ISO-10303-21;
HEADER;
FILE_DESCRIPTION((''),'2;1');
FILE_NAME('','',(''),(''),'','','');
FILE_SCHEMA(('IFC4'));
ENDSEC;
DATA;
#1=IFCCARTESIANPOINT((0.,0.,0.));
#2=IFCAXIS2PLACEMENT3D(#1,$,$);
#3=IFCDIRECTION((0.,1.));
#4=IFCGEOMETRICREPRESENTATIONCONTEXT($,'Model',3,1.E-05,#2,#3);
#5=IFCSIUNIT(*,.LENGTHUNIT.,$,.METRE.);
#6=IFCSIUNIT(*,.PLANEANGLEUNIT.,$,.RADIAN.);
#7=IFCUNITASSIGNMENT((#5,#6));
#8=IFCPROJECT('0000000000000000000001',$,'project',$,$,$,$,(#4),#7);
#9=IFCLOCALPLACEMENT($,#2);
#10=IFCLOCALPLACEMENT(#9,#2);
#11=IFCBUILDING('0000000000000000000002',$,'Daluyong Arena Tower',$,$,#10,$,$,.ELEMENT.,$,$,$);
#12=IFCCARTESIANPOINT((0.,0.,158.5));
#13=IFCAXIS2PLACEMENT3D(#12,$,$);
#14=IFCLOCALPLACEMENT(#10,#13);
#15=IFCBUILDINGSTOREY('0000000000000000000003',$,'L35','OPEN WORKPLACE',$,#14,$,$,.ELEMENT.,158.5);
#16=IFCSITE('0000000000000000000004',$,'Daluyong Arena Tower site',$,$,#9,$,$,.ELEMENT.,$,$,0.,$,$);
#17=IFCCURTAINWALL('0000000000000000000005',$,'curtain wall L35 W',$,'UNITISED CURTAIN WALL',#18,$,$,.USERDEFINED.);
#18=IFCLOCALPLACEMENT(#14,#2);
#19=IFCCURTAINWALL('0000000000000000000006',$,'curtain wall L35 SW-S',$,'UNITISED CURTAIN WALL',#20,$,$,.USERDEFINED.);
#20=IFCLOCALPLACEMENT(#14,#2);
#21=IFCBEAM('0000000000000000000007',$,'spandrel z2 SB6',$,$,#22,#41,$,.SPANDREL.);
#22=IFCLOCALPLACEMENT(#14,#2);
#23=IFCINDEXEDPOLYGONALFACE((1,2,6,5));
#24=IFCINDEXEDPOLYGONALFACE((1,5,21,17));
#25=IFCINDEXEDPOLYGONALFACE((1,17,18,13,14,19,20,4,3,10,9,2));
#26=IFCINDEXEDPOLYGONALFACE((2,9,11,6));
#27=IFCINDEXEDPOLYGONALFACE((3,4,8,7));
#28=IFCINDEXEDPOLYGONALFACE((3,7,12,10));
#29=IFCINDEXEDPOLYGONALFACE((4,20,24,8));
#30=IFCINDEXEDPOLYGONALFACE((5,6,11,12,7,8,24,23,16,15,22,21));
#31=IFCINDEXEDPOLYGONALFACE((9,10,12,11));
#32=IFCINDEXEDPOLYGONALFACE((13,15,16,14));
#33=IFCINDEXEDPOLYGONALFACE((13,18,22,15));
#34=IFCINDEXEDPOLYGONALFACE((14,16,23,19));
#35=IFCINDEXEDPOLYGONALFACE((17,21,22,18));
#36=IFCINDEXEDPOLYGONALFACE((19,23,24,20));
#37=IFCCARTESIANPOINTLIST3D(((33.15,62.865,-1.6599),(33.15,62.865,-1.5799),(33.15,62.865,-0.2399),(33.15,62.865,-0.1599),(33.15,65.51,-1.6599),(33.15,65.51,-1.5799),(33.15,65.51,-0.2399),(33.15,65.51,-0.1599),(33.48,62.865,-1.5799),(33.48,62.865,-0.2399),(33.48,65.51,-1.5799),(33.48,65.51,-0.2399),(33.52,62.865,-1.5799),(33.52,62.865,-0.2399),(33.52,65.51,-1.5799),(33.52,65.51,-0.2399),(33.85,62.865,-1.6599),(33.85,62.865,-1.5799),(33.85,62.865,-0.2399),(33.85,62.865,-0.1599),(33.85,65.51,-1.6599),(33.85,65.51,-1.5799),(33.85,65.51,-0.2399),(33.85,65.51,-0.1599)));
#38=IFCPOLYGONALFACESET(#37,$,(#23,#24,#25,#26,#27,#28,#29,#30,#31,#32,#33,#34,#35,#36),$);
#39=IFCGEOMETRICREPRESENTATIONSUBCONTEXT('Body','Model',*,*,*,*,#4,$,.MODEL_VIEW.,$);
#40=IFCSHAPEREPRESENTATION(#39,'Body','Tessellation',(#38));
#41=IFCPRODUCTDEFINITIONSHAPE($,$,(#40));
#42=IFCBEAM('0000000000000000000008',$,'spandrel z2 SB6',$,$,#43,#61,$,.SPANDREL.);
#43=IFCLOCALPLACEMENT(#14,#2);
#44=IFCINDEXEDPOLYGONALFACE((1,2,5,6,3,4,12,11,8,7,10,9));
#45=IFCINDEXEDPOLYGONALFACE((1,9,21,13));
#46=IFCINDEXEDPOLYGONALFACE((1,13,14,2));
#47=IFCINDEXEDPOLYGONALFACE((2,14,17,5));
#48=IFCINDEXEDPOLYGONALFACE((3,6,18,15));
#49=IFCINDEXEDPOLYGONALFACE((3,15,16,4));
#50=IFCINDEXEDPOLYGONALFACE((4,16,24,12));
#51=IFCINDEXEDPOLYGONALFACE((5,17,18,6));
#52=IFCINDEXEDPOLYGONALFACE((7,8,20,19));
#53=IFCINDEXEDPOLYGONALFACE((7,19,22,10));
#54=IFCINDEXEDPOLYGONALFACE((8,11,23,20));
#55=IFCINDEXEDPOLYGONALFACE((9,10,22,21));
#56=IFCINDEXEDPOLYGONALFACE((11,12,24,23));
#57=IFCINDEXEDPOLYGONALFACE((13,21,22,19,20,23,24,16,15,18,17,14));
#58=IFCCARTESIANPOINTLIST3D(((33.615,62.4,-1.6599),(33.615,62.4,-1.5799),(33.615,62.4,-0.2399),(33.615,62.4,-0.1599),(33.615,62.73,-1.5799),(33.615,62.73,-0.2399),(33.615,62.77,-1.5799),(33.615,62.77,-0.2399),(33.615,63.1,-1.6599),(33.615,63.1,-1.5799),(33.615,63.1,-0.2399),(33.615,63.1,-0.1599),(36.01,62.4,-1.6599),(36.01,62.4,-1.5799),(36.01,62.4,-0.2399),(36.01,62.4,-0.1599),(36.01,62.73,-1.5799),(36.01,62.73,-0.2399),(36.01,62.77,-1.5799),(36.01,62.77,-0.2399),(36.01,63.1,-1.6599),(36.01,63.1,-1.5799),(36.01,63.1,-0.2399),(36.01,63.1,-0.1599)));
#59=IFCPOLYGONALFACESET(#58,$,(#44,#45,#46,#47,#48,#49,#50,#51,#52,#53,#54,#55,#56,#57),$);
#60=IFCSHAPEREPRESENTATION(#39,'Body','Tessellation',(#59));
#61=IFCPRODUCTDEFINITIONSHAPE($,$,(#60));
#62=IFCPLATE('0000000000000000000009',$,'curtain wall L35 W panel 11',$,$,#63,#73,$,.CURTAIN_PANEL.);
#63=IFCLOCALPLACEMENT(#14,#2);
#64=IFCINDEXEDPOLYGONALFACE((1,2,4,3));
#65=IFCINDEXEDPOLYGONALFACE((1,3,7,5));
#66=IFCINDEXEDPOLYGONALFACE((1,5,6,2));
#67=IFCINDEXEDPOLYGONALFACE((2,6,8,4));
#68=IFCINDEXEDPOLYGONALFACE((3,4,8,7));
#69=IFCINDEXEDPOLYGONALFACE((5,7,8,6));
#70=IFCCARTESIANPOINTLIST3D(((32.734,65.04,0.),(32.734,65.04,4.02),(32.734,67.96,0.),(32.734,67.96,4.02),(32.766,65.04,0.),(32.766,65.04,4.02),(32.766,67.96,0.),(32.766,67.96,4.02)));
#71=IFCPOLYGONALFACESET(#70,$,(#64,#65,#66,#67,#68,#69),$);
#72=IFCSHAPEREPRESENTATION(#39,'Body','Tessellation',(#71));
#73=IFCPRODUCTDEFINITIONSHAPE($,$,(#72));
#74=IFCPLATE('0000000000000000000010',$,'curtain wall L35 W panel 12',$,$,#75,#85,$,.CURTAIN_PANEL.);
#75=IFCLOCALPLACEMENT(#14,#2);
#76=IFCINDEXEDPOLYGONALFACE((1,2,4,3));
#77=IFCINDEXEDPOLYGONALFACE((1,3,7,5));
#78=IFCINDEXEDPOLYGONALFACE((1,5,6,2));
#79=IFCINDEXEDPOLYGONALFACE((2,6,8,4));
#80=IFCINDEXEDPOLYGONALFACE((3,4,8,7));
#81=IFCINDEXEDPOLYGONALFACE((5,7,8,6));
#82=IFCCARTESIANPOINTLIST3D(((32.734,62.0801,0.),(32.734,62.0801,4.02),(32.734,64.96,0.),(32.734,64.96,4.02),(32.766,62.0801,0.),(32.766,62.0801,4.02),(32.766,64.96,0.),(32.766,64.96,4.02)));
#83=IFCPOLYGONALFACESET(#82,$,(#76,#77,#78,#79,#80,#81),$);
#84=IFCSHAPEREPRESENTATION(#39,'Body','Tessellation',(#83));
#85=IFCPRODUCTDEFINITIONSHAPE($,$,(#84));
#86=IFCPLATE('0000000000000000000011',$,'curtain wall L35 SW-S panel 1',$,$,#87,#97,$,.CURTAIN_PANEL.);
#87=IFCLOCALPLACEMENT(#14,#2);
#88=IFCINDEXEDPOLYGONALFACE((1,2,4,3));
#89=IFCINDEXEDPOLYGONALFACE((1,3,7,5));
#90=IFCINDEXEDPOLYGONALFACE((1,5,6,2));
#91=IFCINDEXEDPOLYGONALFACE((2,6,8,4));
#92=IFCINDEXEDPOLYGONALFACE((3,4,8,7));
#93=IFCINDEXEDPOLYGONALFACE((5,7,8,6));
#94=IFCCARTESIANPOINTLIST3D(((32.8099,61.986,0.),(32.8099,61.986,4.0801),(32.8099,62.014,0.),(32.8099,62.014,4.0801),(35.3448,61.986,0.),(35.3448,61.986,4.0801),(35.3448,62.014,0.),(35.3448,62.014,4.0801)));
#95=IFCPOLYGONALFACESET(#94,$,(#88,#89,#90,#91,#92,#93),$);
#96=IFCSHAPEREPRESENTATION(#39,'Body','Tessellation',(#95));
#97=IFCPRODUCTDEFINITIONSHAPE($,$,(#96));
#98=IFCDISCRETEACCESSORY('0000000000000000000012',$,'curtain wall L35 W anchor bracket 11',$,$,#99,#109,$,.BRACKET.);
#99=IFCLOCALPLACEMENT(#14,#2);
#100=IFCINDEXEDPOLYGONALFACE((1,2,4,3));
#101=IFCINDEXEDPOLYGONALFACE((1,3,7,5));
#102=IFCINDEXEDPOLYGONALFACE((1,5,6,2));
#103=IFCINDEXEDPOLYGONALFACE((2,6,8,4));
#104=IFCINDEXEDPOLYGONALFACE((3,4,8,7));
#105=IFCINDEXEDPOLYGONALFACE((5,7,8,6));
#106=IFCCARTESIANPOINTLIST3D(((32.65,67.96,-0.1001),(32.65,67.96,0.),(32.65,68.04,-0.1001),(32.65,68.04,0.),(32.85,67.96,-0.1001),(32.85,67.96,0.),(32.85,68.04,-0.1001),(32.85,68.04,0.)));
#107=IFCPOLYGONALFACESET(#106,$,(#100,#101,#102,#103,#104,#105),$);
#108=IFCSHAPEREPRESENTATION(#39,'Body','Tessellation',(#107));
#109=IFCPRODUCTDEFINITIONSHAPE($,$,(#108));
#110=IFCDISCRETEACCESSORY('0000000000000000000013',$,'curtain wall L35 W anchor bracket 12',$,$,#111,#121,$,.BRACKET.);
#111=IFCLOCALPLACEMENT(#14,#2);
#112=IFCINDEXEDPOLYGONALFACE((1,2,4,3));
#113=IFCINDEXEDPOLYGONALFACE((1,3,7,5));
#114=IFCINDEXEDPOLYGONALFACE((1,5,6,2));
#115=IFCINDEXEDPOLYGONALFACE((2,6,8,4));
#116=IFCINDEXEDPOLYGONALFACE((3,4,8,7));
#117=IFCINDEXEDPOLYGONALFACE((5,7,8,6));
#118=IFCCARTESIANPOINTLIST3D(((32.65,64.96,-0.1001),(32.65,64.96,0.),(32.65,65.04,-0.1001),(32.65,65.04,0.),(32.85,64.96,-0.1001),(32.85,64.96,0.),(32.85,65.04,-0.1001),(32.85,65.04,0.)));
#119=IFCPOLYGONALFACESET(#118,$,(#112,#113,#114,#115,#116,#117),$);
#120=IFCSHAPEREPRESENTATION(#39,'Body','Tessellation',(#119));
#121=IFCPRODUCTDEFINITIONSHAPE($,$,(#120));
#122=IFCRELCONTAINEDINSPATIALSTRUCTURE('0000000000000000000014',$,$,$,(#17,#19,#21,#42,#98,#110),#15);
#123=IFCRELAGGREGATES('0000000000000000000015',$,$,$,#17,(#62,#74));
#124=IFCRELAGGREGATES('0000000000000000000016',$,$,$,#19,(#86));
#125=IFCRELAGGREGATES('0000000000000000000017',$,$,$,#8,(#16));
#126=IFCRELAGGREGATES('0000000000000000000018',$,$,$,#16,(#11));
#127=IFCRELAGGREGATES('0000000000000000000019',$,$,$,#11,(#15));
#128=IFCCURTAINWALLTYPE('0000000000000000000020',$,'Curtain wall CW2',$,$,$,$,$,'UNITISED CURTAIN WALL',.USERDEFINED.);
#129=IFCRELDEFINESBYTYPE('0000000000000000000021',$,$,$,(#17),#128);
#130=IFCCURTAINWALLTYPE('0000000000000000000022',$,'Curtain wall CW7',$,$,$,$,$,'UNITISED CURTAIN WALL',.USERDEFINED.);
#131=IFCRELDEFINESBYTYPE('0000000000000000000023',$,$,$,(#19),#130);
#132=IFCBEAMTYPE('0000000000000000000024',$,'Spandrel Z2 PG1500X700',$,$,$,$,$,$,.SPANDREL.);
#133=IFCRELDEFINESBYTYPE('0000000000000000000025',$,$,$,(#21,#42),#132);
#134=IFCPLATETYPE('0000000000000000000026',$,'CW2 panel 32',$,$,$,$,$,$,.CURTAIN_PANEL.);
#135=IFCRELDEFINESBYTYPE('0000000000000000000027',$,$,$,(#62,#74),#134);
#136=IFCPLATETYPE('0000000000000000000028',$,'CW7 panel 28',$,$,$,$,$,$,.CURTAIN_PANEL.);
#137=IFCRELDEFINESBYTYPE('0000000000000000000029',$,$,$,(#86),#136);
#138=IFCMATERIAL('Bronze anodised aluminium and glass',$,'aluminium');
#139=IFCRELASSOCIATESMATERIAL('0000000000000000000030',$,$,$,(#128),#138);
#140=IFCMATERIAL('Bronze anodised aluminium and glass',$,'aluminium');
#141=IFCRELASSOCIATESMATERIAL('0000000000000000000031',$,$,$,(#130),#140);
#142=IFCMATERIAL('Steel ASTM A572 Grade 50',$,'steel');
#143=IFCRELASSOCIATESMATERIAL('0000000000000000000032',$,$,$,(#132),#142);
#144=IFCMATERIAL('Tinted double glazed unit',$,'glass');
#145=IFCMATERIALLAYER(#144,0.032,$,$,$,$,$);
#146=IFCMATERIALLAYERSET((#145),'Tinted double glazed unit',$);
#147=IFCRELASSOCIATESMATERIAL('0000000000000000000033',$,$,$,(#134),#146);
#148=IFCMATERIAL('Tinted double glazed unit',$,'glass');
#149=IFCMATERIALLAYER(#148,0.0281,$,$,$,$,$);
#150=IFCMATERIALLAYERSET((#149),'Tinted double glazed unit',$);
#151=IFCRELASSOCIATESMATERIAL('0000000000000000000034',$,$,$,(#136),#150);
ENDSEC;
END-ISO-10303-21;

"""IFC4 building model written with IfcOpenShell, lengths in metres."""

from ifc_helpers import new_model, si_unit, direction, frame, origin, origin_2d, place, context, subcontext, project, spatial, rectangle, i_section, extrude, material, layer, layer_set, material_profile, profile_set, type_object, element, aggregate, save


model = new_model("IFC4")

# Units and contexts
model_context = context("Model", 3, precision=1e-05, world=origin(), true_north=direction((0.0, 1.0)))
body_context = subcontext(model_context, "Body", "Model", "MODEL_VIEW")
ifc_project = project(units=[si_unit("LENGTHUNIT", "METRE"), si_unit("PLANEANGLEUNIT", "RADIAN")], contexts=[model_context])

# Site, building, storey
site_placement = place(None, origin())
site = spatial("IfcSite", under=ifc_project, at=site_placement, Name="Daluyong Arena Tower site", CompositionType="ELEMENT", RefElevation=0.0)
building_placement = place(site_placement, origin())
building = spatial("IfcBuilding", under=site, at=building_placement, Name="Daluyong Arena Tower", CompositionType="ELEMENT")
storey_placement = place(building_placement, frame((0.0, 0.0, 158.5)))
storey = spatial("IfcBuildingStorey", under=building, at=storey_placement, Name="L35", Description="OPEN WORKPLACE", CompositionType="ELEMENT", Elevation=158.5)

# Curtain walls
ifc_material_1 = material(Name="Bronze anodised aluminium and glass", Category="aluminium")
curtain_wall_type_1 = type_object("IfcCurtainWallType", Name="Curtain wall CW2", ElementType="UNITISED CURTAIN WALL", PredefinedType="USERDEFINED", material=ifc_material_1)
curtain_wall_1_placement = place(storey_placement, origin())
curtain_wall_1 = element("IfcCurtainWall", 1, at=curtain_wall_1_placement, inside=storey, type_object=curtain_wall_type_1, Name="curtain wall L35 W", ObjectType="UNITISED CURTAIN WALL", PredefinedType="USERDEFINED")
ifc_material_2 = material(Name="Bronze anodised aluminium and glass", Category="aluminium")
curtain_wall_type_2 = type_object("IfcCurtainWallType", Name="Curtain wall CW7", ElementType="UNITISED CURTAIN WALL", PredefinedType="USERDEFINED", material=ifc_material_2)
curtain_wall_2_placement = place(storey_placement, origin())
curtain_wall_2 = element("IfcCurtainWall", 2, at=curtain_wall_2_placement, inside=storey, type_object=curtain_wall_type_2, Name="curtain wall L35 SW-S", ObjectType="UNITISED CURTAIN WALL", PredefinedType="USERDEFINED")

# Beams
ifc_material_3 = material(Name="Steel ASTM A572 Grade 50", Category="steel")
ifc_material_profile_1 = material_profile(ifc_material_3, i_section(OverallWidth=0.7, OverallDepth=1.5, WebThickness=0.04, FlangeThickness=0.08, at=origin_2d()))
ifc_profile_set_1 = profile_set([ifc_material_profile_1], Name="Steel ASTM A572 Grade 50")
beam_type_1 = type_object("IfcBeamType", Name="Spandrel Z2 PG1500X700", PredefinedType="SPANDREL", material=ifc_profile_set_1)
beam_1_placement = place(storey_placement, frame((33.5, 65.51, -0.9099), z_axis=(0.0, -1.0, 0.0), x_axis=(1.0, 0.0, 0.0)))
element("IfcBeam", 3, at=beam_1_placement, inside=storey, type_object=beam_type_1, Name="spandrel z2 SB6", PredefinedType="SPANDREL", context=body_context, shape_type="SweptSolid", body=[
    extrude(i_section(OverallWidth=0.7, OverallDepth=1.5, WebThickness=0.04, FlangeThickness=0.08, at=origin_2d()), origin(), (0.0, 0.0, 1.0), 2.645),
])
beam_2_placement = place(storey_placement, frame((33.615, 62.75, -0.9099), z_axis=(1.0, 0.0, 0.0), x_axis=(0.0, 1.0, 0.0)))
element("IfcBeam", 4, at=beam_2_placement, inside=storey, type_object=beam_type_1, Name="spandrel z2 SB6", PredefinedType="SPANDREL", context=body_context, shape_type="SweptSolid", body=[
    extrude(i_section(OverallWidth=0.7, OverallDepth=1.5, WebThickness=0.04, FlangeThickness=0.08, at=origin_2d()), origin(), (0.0, 0.0, 1.0), 2.395),
])

# Plates
ifc_material_4 = material(Name="Tinted double glazed unit", Category="glass")
ifc_layer_1 = layer(ifc_material_4, 0.032)
ifc_layer_set_1 = layer_set([ifc_layer_1], Name="Tinted double glazed unit")
plate_type_1 = type_object("IfcPlateType", Name="CW2 panel 32", PredefinedType="CURTAIN_PANEL", material=ifc_layer_set_1)
plate_1_placement = place(storey_placement, frame((32.75, 66.5, 0.0), z_axis=(0.0, 0.0, 1.0), x_axis=(0.0, -1.0, 0.0)))
plate_1 = element("IfcPlate", 5, at=plate_1_placement, type_object=plate_type_1, Name="curtain wall L35 W panel 11", PredefinedType="CURTAIN_PANEL", context=body_context, shape_type="SweptSolid", body=[
    extrude(rectangle(XDim=2.9199, YDim=0.032, at=origin_2d()), origin(), (0.0, 0.0, 1.0), 4.02),
])
plate_2_placement = place(storey_placement, frame((32.75, 63.52, 0.0), z_axis=(0.0, 0.0, 1.0), x_axis=(0.0, -1.0, 0.0)))
plate_2 = element("IfcPlate", 6, at=plate_2_placement, type_object=plate_type_1, Name="curtain wall L35 W panel 12", PredefinedType="CURTAIN_PANEL", context=body_context, shape_type="SweptSolid", body=[
    extrude(rectangle(XDim=2.8799, YDim=0.032, at=origin_2d()), origin(), (0.0, 0.0, 1.0), 4.02),
])
aggregate(curtain_wall_1, [plate_1, plate_2])
ifc_material_5 = material(Name="Tinted double glazed unit", Category="glass")
ifc_layer_2 = layer(ifc_material_5, 0.0281)
ifc_layer_set_2 = layer_set([ifc_layer_2], Name="Tinted double glazed unit")
plate_type_2 = type_object("IfcPlateType", Name="CW7 panel 28", PredefinedType="CURTAIN_PANEL", material=ifc_layer_set_2)
plate_3_placement = place(storey_placement, frame((34.0774, 62.0, 0.0), z_axis=(0.0, 0.0, 1.0), x_axis=(1.0, 0.0, 0.0)))
plate_3 = element("IfcPlate", 7, at=plate_3_placement, type_object=plate_type_2, Name="curtain wall L35 SW-S panel 1", PredefinedType="CURTAIN_PANEL", context=body_context, shape_type="SweptSolid", body=[
    extrude(rectangle(XDim=2.5349, YDim=0.0281, at=origin_2d()), origin(), (0.0, 0.0, 1.0), 4.0801),
])
aggregate(curtain_wall_2, [plate_3])

# Discrete accessories
for number, where, z_axis, x_axis, name in (
    (8, (32.75, 68.0, -0.1001), (0.0, 0.0, 1.0), (0.0, -1.0, 0.0), "curtain wall L35 W anchor bracket 11"),
    (9, (32.75, 65.0, -0.1001), (0.0, 0.0, 1.0), (0.0, -1.0, 0.0), "curtain wall L35 W anchor bracket 12"),
):
    element("IfcDiscreteAccessory", number, at=place(storey_placement, frame(where, z_axis=z_axis, x_axis=x_axis)), inside=storey, Name=name, PredefinedType="BRACKET", context=body_context, shape_type="SweptSolid", body=[
        extrude(rectangle(XDim=0.0801, YDim=0.2, at=origin_2d()), origin(), (0.0, 0.0, 1.0), 0.1001),
    ])

save(model, "model.ifc")
